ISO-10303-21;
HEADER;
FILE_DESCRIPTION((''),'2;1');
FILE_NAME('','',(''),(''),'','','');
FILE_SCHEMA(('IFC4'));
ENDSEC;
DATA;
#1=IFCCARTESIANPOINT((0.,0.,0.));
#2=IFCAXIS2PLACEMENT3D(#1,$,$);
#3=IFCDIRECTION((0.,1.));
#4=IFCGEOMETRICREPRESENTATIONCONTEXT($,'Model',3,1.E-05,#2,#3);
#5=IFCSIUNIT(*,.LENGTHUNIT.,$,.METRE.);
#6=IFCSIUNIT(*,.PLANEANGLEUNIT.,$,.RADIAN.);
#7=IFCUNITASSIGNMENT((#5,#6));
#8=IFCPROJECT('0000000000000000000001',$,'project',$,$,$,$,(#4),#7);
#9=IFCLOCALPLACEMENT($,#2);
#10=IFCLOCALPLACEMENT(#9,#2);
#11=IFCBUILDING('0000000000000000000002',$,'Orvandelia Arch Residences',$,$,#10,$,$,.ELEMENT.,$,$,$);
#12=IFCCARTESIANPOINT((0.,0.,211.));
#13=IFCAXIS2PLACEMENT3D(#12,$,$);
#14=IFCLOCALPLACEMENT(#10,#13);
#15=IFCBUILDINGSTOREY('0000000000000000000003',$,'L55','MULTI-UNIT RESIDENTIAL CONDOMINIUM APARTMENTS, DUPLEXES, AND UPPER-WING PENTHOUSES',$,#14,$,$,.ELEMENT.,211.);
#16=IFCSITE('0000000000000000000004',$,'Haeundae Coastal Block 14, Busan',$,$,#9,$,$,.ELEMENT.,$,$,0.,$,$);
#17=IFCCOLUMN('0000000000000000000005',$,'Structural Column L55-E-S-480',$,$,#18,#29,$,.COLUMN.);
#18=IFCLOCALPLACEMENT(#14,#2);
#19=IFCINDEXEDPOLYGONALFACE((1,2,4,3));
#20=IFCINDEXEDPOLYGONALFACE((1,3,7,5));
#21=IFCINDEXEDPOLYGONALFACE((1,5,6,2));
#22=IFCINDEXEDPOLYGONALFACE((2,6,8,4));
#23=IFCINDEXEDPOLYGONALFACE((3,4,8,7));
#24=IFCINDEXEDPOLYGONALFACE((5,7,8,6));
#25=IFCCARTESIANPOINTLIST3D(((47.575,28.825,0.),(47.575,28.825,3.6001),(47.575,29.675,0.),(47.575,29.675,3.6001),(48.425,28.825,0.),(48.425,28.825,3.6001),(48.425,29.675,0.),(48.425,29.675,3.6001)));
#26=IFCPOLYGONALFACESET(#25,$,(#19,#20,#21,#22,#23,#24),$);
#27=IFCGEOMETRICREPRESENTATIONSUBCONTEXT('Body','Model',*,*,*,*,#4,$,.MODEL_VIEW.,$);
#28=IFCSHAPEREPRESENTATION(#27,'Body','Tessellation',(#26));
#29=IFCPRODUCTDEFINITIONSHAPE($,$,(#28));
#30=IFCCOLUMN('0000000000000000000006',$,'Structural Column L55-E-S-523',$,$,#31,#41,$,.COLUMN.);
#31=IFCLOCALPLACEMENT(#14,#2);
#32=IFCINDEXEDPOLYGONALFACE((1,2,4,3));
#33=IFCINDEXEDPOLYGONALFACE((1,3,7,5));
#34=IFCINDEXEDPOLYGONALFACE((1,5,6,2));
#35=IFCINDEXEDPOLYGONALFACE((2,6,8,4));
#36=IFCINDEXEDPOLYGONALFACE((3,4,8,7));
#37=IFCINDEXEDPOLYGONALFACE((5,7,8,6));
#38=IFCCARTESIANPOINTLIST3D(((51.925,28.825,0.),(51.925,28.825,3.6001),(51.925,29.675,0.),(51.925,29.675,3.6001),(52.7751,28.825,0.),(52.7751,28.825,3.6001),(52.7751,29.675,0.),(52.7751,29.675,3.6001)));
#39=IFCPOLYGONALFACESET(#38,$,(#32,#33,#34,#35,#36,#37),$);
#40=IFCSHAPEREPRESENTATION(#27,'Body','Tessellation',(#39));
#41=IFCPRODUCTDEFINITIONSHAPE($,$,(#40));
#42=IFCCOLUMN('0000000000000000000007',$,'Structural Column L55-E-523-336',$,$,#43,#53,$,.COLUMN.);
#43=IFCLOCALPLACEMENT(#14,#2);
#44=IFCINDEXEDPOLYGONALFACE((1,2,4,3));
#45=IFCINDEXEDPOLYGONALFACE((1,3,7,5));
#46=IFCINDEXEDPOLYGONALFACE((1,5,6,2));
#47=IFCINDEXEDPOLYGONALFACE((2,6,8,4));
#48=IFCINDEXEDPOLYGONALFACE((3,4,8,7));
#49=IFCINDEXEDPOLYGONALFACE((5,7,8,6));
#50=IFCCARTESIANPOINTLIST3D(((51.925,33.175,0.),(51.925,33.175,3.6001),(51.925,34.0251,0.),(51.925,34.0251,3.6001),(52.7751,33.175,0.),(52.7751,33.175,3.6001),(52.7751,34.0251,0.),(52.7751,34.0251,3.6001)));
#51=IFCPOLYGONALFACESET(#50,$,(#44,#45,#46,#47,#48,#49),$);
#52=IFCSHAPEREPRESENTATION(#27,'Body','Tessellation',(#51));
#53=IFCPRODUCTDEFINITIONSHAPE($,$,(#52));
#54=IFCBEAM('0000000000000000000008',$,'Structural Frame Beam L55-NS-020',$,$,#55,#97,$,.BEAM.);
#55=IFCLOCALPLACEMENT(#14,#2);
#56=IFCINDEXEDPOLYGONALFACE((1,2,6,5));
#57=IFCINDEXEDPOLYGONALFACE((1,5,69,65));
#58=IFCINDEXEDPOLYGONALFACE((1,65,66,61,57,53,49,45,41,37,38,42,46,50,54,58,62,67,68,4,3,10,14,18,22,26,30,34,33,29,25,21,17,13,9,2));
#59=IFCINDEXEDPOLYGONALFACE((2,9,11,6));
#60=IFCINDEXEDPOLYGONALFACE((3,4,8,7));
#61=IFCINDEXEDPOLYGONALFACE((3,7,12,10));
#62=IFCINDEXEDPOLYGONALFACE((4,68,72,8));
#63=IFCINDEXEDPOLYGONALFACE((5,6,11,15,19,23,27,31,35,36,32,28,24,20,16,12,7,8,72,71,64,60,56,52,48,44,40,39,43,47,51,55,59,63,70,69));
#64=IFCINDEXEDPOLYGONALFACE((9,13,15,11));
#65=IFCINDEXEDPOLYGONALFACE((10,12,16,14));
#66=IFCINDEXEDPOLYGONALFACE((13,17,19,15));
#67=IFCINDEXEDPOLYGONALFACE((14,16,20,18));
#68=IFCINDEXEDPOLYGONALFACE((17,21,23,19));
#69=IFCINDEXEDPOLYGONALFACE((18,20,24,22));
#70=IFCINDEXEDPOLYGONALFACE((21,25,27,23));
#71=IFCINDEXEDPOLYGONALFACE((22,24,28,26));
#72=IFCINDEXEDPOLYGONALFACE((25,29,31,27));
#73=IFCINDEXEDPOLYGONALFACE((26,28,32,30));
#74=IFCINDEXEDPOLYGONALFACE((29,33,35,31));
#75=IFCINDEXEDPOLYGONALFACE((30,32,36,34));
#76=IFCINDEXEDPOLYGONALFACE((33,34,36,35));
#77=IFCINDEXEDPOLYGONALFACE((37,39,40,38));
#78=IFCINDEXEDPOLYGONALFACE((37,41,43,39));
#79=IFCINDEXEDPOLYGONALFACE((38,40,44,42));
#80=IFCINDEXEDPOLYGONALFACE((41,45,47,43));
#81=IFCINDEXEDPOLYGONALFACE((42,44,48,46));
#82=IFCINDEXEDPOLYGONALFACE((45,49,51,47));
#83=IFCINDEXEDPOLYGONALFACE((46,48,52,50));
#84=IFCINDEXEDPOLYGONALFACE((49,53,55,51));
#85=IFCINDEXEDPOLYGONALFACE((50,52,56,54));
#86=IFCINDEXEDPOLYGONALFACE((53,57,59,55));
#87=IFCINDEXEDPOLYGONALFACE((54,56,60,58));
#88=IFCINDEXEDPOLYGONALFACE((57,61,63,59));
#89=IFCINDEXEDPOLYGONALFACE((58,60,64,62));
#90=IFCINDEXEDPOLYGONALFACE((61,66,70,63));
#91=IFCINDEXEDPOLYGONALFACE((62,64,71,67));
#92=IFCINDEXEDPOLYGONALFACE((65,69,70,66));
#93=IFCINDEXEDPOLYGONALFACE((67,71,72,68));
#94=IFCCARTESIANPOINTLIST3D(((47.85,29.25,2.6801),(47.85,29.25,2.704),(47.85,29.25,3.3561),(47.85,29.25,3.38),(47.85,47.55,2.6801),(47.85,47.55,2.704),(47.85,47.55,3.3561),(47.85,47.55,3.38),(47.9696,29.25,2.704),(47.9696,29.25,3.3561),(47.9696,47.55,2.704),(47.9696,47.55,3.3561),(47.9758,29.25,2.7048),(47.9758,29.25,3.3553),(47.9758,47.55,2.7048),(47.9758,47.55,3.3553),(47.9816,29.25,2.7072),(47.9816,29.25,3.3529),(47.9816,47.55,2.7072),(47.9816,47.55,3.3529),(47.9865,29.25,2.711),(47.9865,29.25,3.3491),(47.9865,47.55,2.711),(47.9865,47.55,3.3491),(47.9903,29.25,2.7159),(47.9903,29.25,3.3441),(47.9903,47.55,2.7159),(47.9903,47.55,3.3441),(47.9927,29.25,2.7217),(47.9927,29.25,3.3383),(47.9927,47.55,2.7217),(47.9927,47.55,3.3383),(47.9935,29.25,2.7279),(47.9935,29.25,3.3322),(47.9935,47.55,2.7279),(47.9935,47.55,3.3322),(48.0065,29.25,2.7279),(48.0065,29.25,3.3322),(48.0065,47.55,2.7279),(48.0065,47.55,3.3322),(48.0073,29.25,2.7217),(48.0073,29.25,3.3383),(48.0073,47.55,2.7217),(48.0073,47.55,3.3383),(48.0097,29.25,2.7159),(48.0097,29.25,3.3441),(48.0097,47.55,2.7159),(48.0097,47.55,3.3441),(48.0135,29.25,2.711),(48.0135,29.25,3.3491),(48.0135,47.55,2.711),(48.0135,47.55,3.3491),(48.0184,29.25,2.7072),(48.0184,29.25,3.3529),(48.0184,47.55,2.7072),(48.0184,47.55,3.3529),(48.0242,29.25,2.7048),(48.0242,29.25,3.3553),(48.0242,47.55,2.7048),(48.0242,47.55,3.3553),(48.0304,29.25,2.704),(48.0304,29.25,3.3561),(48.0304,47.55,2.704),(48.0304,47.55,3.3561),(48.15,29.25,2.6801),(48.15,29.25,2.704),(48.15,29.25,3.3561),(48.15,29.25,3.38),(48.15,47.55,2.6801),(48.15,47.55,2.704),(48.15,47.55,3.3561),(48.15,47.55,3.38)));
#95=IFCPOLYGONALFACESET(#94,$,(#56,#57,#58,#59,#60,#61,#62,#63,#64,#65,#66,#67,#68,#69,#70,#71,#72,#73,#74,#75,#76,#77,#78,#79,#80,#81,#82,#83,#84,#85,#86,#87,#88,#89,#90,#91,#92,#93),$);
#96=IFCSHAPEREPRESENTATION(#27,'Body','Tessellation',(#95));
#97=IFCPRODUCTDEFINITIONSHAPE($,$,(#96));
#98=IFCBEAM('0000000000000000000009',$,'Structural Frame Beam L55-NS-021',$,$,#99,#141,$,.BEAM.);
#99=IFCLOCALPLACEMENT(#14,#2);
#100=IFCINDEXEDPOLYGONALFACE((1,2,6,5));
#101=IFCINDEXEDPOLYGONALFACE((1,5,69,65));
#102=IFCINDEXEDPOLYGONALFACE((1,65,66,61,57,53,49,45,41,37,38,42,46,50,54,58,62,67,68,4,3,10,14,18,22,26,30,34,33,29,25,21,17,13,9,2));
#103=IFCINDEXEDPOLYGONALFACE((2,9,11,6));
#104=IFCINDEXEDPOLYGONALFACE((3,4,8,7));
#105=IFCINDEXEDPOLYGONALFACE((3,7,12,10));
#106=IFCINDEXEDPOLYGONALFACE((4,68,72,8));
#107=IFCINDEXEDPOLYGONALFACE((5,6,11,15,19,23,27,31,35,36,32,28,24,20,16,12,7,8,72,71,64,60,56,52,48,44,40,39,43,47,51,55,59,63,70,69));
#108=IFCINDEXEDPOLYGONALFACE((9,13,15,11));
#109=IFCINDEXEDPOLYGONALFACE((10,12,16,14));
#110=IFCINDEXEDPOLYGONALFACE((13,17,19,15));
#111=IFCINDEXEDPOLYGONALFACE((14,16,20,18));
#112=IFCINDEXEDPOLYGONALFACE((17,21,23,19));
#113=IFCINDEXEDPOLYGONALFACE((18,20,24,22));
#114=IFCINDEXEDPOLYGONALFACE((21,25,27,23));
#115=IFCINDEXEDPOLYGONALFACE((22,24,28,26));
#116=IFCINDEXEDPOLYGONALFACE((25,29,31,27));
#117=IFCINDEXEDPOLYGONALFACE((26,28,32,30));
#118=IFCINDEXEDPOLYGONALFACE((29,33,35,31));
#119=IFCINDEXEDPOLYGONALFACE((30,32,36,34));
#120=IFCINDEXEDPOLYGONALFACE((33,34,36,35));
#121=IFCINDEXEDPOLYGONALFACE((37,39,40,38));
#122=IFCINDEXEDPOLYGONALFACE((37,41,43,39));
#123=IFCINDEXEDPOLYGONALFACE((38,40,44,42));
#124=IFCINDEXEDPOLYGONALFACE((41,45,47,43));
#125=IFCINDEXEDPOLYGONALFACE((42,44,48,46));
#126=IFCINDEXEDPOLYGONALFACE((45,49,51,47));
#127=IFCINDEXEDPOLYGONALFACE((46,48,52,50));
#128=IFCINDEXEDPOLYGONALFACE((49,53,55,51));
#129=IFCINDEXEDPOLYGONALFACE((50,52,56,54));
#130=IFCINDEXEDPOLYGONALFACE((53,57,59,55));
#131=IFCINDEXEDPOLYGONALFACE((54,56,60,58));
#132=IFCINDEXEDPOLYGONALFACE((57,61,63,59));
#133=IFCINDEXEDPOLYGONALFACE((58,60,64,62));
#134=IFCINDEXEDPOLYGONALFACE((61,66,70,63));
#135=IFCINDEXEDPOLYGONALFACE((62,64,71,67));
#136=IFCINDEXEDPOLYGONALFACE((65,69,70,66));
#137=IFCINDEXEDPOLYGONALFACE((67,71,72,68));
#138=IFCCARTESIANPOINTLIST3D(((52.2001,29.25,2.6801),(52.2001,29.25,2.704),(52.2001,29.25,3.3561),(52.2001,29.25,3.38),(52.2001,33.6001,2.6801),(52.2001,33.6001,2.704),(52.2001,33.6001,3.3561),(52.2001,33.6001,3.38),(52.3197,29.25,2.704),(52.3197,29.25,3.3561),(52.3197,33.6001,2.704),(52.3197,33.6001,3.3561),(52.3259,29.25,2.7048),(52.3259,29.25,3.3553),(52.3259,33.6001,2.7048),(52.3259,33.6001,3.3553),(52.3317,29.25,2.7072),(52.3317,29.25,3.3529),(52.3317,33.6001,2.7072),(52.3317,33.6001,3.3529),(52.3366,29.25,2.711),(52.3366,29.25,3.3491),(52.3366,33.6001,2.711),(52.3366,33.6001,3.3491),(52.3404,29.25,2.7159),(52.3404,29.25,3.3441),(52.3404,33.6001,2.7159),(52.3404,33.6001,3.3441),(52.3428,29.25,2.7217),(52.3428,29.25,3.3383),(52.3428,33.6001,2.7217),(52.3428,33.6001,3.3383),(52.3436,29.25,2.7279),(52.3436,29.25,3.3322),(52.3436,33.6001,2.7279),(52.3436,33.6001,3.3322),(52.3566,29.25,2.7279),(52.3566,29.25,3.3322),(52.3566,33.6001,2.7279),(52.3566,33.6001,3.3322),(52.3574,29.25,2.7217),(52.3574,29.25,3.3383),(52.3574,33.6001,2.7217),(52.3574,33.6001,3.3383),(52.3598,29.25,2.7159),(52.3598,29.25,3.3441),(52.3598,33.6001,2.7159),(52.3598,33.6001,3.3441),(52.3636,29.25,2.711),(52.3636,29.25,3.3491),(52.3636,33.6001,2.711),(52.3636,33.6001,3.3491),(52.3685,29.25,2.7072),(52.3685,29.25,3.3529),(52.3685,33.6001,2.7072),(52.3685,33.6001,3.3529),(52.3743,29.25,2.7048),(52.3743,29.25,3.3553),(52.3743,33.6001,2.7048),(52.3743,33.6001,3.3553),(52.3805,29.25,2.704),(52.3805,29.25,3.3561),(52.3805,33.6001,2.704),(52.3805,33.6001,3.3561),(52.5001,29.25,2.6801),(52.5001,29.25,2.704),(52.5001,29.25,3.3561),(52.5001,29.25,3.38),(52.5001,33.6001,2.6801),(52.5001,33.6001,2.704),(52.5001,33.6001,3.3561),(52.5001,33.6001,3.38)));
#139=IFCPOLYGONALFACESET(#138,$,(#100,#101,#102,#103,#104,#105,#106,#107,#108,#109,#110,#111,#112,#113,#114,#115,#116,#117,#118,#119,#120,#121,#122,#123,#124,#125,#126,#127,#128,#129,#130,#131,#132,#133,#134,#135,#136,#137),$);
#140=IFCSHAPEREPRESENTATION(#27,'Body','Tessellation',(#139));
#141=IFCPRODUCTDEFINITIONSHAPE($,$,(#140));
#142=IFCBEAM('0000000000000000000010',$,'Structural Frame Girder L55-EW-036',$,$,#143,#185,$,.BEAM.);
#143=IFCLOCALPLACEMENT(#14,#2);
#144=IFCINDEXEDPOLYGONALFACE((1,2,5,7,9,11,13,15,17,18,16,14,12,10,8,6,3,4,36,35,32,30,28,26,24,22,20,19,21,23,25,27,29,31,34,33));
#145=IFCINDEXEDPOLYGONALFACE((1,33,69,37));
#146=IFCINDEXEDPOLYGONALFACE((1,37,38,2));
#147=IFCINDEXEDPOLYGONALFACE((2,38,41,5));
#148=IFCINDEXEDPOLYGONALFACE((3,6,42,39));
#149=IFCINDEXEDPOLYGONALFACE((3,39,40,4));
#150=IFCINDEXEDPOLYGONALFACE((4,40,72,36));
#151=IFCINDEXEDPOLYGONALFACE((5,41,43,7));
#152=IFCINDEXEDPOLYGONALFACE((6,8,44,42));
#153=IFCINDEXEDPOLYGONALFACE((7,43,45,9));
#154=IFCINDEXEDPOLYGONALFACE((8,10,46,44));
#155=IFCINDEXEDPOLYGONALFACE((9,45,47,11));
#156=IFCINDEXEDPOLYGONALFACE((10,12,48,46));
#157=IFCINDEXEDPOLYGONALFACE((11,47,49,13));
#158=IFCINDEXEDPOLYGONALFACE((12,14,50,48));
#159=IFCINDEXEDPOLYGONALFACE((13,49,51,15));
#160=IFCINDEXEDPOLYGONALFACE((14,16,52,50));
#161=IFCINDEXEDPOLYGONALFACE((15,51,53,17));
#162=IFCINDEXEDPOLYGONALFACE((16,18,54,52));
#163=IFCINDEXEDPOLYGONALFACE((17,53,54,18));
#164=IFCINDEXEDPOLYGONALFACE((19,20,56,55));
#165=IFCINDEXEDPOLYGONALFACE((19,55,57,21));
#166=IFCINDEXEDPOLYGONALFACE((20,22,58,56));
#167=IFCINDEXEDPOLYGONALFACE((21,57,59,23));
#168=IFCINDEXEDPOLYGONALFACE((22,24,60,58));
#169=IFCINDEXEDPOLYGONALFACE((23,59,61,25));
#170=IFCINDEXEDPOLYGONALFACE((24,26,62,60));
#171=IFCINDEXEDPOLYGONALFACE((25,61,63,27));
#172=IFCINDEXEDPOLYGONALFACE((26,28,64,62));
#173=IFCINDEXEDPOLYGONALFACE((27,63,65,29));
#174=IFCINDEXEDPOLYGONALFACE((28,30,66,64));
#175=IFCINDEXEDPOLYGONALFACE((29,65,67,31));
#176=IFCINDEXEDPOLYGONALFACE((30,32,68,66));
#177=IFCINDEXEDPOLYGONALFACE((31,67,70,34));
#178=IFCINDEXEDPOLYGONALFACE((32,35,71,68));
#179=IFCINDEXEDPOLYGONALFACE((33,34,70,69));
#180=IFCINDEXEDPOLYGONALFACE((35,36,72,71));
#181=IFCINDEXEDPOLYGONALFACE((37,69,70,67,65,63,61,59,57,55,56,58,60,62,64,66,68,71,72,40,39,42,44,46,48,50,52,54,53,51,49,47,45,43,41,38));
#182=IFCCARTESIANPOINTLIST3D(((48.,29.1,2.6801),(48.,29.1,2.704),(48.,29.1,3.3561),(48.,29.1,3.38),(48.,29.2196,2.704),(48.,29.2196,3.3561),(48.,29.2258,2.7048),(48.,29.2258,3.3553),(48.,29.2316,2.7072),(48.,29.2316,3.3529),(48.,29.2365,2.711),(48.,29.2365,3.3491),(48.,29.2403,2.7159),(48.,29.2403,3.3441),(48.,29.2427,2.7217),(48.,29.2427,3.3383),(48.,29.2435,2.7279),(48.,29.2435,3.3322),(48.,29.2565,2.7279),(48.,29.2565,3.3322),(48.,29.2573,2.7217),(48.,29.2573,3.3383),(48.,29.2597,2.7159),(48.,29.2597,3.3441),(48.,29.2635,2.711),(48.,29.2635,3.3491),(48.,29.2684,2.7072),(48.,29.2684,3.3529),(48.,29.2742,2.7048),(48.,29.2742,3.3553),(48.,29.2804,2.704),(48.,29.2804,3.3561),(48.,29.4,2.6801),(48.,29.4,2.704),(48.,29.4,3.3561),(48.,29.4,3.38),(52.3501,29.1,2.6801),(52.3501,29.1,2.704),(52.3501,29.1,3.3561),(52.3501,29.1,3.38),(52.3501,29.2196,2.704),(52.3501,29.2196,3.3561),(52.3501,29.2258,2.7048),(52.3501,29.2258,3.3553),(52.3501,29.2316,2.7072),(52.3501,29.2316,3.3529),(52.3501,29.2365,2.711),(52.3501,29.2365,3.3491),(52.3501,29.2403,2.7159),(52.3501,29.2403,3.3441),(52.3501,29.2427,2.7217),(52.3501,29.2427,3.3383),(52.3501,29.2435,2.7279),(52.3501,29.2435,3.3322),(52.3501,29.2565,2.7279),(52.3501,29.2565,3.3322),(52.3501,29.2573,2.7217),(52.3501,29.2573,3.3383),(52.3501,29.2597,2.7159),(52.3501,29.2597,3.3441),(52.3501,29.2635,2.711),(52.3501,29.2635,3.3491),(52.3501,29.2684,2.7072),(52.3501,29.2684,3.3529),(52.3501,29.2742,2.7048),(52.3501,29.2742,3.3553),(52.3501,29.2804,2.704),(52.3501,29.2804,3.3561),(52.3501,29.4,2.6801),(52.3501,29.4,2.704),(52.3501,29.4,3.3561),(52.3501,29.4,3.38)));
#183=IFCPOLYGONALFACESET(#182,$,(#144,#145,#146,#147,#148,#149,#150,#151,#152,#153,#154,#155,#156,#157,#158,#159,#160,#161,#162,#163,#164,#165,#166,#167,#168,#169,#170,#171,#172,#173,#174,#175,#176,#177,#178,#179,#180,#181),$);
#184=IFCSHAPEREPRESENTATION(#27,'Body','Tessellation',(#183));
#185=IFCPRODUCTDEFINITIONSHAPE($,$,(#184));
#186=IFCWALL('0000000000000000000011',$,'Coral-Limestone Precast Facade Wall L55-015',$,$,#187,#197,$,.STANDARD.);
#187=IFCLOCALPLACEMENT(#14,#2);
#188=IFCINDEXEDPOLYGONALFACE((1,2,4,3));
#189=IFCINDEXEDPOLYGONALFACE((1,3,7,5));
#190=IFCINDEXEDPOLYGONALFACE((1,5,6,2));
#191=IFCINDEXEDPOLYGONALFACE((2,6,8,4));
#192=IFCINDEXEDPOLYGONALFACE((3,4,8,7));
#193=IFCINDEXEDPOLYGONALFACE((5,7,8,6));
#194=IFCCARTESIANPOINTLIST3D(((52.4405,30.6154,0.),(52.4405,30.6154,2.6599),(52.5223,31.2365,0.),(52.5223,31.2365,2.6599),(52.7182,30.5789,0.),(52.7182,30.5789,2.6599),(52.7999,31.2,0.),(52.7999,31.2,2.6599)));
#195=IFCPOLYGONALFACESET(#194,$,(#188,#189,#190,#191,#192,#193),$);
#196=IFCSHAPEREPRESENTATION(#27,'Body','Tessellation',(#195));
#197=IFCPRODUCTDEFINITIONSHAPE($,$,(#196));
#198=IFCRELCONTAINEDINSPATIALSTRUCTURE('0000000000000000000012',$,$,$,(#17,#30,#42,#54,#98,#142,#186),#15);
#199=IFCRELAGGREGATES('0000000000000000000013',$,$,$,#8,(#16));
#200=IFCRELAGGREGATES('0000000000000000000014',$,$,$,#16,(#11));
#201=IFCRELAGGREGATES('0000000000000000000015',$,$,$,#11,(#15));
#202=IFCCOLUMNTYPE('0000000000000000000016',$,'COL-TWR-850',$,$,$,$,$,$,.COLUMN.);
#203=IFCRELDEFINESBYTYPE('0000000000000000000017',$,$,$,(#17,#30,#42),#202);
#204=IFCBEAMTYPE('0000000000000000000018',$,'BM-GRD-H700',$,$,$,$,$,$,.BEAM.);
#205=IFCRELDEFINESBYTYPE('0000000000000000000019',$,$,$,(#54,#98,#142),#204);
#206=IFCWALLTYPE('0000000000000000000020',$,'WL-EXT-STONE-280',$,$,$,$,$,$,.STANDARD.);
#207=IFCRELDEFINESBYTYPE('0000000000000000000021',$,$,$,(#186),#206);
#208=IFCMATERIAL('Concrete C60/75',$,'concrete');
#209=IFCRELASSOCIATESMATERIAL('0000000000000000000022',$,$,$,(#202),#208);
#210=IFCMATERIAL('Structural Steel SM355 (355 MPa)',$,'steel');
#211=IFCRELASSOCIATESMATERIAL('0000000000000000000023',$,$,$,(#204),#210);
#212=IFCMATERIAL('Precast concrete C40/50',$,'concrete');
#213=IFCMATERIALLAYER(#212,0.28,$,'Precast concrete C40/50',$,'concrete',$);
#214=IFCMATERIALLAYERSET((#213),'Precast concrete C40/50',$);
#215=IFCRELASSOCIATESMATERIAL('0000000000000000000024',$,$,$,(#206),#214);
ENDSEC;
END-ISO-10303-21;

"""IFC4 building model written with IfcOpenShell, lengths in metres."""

from ifc_helpers import new_model, si_unit, direction, frame, frame_2d, origin, origin_2d, place, context, subcontext, project, spatial, rectangle, i_section, extrude, material, layer, layer_set, material_profile, profile_set, type_object, element, save


model = new_model("IFC4")

# Units and contexts
model_context = context("Model", 3, precision=1e-05, world=origin(), true_north=direction((0.0, 1.0)))
body_context = subcontext(model_context, "Body", "Model", "MODEL_VIEW")
ifc_project = project(units=[si_unit("LENGTHUNIT", "METRE"), si_unit("PLANEANGLEUNIT", "RADIAN")], contexts=[model_context])

# Site, building, storey
site_placement = place(None, origin())
site = spatial("IfcSite", under=ifc_project, at=site_placement, Name="Haeundae Coastal Block 14, Busan", CompositionType="ELEMENT", RefElevation=0.0)
building_placement = place(site_placement, origin())
building = spatial("IfcBuilding", under=site, at=building_placement, Name="Orvandelia Arch Residences", CompositionType="ELEMENT")
storey_placement = place(building_placement, frame((0.0, 0.0, 211.0)))
storey = spatial("IfcBuildingStorey", under=building, at=storey_placement, Name="L55", Description="MULTI-UNIT RESIDENTIAL CONDOMINIUM APARTMENTS, DUPLEXES, AND UPPER-WING PENTHOUSES", CompositionType="ELEMENT", Elevation=211.0)

# Columns
ifc_material_1 = material(Name="Concrete C60/75", Category="concrete")
ifc_material_profile_1 = material_profile(ifc_material_1, rectangle(XDim=0.8501, YDim=0.8501, at=origin_2d()), Name="Concrete C60/75", Category="concrete")
ifc_profile_set_1 = profile_set([ifc_material_profile_1], Name="Concrete C60/75")
column_type = type_object("IfcColumnType", Name="COL-TWR-850", PredefinedType="COLUMN", material=ifc_profile_set_1)
for number, where, z_axis, x_axis, name in (
    (1, (48.0, 29.25, 0.0), (0.0, 0.0, 1.0), (1.0, 0.0, 0.0), "Structural Column L55-E-S-480"),
    (2, (52.3501, 29.25, 0.0), (0.0, 0.0, 1.0), (1.0, 0.0, 0.0), "Structural Column L55-E-S-523"),
    (3, (52.3501, 33.6001, 0.0), (0.0, 0.0, 1.0), (1.0, 0.0, 0.0), "Structural Column L55-E-523-336"),
):
    element("IfcColumn", number, at=place(storey_placement, frame(where, z_axis=z_axis, x_axis=x_axis)), inside=storey, type_object=column_type, Name=name, PredefinedType="COLUMN", context=body_context, shape_type="SweptSolid", body=[
        extrude(rectangle(XDim=0.8501, YDim=0.8501, at=origin_2d()), origin(), (0.0, 0.0, 1.0), 3.6001),
    ])

# Beams
ifc_material_2 = material(Name="Structural Steel SM355 (355 MPa)", Category="steel")
ifc_material_profile_2 = material_profile(ifc_material_2, i_section(OverallWidth=0.3, OverallDepth=0.7, WebThickness=0.0129, FlangeThickness=0.0239, FilletRadius=0.0239, at=origin_2d()), Name="Structural Steel SM355 (355 MPa)", Category="steel")
ifc_profile_set_2 = profile_set([ifc_material_profile_2], Name="Structural Steel SM355 (355 MPa)")
beam_type = type_object("IfcBeamType", Name="BM-GRD-H700", PredefinedType="BEAM", material=ifc_profile_set_2)
beam_placement = place(storey_placement, frame((48.0, 29.25, 3.03), z_axis=(0.0, 1.0, 0.0), x_axis=(-1.0, 0.0, 0.0)))
element("IfcBeam", 4, at=beam_placement, inside=storey, type_object=beam_type, Name="Structural Frame Beam L55-NS-020", PredefinedType="BEAM", context=body_context, shape_type="SweptSolid", body=[
    extrude(i_section(OverallWidth=0.3, OverallDepth=0.7, WebThickness=0.0129, FlangeThickness=0.0239, FilletRadius=0.0239, at=origin_2d()), origin(), (0.0, 0.0, 1.0), 18.3),
])
for number, where, z_axis, x_axis, name in (
    (5, (52.3501, 29.25, 3.03), (0.0, 1.0, 0.0), (-1.0, 0.0, 0.0), "Structural Frame Beam L55-NS-021"),
    (6, (48.0, 29.25, 3.03), (1.0, 0.0, 0.0), (0.0, 1.0, 0.0), "Structural Frame Girder L55-EW-036"),
):
    element("IfcBeam", number, at=place(storey_placement, frame(where, z_axis=z_axis, x_axis=x_axis)), inside=storey, type_object=beam_type, Name=name, PredefinedType="BEAM", context=body_context, shape_type="SweptSolid", body=[
        extrude(i_section(OverallWidth=0.3, OverallDepth=0.7, WebThickness=0.0129, FlangeThickness=0.0239, FilletRadius=0.0239, at=origin_2d()), origin(), (0.0, 0.0, 1.0), 4.3501),
    ])

# Wall
ifc_material_3 = material(Name="Precast concrete C40/50", Category="concrete")
ifc_layer_1 = layer(ifc_material_3, 0.28, Name="Precast concrete C40/50", Category="concrete")
ifc_layer_set_1 = layer_set([ifc_layer_1], Name="Precast concrete C40/50")
wall_type_1 = type_object("IfcWallType", Name="WL-EXT-STONE-280", PredefinedType="STANDARD", material=ifc_layer_set_1)
wall_1_placement = place(storey_placement, frame((52.6611, 31.2183, 0.0), z_axis=(0.0, 0.0, 1.0), x_axis=(-0.130555, -0.991441, 0.0)))
element("IfcWall", 7, at=wall_1_placement, inside=storey, type_object=wall_type_1, Name="Coral-Limestone Precast Facade Wall L55-015", PredefinedType="STANDARD", context=body_context, shape_type="SweptSolid", body=[
    extrude(rectangle(XDim=0.6265, YDim=0.28, at=frame_2d((0.3132, 0.0))), origin(), (0.0, 0.0, 1.0), 2.6599),
])

save(model, "model.ifc")
